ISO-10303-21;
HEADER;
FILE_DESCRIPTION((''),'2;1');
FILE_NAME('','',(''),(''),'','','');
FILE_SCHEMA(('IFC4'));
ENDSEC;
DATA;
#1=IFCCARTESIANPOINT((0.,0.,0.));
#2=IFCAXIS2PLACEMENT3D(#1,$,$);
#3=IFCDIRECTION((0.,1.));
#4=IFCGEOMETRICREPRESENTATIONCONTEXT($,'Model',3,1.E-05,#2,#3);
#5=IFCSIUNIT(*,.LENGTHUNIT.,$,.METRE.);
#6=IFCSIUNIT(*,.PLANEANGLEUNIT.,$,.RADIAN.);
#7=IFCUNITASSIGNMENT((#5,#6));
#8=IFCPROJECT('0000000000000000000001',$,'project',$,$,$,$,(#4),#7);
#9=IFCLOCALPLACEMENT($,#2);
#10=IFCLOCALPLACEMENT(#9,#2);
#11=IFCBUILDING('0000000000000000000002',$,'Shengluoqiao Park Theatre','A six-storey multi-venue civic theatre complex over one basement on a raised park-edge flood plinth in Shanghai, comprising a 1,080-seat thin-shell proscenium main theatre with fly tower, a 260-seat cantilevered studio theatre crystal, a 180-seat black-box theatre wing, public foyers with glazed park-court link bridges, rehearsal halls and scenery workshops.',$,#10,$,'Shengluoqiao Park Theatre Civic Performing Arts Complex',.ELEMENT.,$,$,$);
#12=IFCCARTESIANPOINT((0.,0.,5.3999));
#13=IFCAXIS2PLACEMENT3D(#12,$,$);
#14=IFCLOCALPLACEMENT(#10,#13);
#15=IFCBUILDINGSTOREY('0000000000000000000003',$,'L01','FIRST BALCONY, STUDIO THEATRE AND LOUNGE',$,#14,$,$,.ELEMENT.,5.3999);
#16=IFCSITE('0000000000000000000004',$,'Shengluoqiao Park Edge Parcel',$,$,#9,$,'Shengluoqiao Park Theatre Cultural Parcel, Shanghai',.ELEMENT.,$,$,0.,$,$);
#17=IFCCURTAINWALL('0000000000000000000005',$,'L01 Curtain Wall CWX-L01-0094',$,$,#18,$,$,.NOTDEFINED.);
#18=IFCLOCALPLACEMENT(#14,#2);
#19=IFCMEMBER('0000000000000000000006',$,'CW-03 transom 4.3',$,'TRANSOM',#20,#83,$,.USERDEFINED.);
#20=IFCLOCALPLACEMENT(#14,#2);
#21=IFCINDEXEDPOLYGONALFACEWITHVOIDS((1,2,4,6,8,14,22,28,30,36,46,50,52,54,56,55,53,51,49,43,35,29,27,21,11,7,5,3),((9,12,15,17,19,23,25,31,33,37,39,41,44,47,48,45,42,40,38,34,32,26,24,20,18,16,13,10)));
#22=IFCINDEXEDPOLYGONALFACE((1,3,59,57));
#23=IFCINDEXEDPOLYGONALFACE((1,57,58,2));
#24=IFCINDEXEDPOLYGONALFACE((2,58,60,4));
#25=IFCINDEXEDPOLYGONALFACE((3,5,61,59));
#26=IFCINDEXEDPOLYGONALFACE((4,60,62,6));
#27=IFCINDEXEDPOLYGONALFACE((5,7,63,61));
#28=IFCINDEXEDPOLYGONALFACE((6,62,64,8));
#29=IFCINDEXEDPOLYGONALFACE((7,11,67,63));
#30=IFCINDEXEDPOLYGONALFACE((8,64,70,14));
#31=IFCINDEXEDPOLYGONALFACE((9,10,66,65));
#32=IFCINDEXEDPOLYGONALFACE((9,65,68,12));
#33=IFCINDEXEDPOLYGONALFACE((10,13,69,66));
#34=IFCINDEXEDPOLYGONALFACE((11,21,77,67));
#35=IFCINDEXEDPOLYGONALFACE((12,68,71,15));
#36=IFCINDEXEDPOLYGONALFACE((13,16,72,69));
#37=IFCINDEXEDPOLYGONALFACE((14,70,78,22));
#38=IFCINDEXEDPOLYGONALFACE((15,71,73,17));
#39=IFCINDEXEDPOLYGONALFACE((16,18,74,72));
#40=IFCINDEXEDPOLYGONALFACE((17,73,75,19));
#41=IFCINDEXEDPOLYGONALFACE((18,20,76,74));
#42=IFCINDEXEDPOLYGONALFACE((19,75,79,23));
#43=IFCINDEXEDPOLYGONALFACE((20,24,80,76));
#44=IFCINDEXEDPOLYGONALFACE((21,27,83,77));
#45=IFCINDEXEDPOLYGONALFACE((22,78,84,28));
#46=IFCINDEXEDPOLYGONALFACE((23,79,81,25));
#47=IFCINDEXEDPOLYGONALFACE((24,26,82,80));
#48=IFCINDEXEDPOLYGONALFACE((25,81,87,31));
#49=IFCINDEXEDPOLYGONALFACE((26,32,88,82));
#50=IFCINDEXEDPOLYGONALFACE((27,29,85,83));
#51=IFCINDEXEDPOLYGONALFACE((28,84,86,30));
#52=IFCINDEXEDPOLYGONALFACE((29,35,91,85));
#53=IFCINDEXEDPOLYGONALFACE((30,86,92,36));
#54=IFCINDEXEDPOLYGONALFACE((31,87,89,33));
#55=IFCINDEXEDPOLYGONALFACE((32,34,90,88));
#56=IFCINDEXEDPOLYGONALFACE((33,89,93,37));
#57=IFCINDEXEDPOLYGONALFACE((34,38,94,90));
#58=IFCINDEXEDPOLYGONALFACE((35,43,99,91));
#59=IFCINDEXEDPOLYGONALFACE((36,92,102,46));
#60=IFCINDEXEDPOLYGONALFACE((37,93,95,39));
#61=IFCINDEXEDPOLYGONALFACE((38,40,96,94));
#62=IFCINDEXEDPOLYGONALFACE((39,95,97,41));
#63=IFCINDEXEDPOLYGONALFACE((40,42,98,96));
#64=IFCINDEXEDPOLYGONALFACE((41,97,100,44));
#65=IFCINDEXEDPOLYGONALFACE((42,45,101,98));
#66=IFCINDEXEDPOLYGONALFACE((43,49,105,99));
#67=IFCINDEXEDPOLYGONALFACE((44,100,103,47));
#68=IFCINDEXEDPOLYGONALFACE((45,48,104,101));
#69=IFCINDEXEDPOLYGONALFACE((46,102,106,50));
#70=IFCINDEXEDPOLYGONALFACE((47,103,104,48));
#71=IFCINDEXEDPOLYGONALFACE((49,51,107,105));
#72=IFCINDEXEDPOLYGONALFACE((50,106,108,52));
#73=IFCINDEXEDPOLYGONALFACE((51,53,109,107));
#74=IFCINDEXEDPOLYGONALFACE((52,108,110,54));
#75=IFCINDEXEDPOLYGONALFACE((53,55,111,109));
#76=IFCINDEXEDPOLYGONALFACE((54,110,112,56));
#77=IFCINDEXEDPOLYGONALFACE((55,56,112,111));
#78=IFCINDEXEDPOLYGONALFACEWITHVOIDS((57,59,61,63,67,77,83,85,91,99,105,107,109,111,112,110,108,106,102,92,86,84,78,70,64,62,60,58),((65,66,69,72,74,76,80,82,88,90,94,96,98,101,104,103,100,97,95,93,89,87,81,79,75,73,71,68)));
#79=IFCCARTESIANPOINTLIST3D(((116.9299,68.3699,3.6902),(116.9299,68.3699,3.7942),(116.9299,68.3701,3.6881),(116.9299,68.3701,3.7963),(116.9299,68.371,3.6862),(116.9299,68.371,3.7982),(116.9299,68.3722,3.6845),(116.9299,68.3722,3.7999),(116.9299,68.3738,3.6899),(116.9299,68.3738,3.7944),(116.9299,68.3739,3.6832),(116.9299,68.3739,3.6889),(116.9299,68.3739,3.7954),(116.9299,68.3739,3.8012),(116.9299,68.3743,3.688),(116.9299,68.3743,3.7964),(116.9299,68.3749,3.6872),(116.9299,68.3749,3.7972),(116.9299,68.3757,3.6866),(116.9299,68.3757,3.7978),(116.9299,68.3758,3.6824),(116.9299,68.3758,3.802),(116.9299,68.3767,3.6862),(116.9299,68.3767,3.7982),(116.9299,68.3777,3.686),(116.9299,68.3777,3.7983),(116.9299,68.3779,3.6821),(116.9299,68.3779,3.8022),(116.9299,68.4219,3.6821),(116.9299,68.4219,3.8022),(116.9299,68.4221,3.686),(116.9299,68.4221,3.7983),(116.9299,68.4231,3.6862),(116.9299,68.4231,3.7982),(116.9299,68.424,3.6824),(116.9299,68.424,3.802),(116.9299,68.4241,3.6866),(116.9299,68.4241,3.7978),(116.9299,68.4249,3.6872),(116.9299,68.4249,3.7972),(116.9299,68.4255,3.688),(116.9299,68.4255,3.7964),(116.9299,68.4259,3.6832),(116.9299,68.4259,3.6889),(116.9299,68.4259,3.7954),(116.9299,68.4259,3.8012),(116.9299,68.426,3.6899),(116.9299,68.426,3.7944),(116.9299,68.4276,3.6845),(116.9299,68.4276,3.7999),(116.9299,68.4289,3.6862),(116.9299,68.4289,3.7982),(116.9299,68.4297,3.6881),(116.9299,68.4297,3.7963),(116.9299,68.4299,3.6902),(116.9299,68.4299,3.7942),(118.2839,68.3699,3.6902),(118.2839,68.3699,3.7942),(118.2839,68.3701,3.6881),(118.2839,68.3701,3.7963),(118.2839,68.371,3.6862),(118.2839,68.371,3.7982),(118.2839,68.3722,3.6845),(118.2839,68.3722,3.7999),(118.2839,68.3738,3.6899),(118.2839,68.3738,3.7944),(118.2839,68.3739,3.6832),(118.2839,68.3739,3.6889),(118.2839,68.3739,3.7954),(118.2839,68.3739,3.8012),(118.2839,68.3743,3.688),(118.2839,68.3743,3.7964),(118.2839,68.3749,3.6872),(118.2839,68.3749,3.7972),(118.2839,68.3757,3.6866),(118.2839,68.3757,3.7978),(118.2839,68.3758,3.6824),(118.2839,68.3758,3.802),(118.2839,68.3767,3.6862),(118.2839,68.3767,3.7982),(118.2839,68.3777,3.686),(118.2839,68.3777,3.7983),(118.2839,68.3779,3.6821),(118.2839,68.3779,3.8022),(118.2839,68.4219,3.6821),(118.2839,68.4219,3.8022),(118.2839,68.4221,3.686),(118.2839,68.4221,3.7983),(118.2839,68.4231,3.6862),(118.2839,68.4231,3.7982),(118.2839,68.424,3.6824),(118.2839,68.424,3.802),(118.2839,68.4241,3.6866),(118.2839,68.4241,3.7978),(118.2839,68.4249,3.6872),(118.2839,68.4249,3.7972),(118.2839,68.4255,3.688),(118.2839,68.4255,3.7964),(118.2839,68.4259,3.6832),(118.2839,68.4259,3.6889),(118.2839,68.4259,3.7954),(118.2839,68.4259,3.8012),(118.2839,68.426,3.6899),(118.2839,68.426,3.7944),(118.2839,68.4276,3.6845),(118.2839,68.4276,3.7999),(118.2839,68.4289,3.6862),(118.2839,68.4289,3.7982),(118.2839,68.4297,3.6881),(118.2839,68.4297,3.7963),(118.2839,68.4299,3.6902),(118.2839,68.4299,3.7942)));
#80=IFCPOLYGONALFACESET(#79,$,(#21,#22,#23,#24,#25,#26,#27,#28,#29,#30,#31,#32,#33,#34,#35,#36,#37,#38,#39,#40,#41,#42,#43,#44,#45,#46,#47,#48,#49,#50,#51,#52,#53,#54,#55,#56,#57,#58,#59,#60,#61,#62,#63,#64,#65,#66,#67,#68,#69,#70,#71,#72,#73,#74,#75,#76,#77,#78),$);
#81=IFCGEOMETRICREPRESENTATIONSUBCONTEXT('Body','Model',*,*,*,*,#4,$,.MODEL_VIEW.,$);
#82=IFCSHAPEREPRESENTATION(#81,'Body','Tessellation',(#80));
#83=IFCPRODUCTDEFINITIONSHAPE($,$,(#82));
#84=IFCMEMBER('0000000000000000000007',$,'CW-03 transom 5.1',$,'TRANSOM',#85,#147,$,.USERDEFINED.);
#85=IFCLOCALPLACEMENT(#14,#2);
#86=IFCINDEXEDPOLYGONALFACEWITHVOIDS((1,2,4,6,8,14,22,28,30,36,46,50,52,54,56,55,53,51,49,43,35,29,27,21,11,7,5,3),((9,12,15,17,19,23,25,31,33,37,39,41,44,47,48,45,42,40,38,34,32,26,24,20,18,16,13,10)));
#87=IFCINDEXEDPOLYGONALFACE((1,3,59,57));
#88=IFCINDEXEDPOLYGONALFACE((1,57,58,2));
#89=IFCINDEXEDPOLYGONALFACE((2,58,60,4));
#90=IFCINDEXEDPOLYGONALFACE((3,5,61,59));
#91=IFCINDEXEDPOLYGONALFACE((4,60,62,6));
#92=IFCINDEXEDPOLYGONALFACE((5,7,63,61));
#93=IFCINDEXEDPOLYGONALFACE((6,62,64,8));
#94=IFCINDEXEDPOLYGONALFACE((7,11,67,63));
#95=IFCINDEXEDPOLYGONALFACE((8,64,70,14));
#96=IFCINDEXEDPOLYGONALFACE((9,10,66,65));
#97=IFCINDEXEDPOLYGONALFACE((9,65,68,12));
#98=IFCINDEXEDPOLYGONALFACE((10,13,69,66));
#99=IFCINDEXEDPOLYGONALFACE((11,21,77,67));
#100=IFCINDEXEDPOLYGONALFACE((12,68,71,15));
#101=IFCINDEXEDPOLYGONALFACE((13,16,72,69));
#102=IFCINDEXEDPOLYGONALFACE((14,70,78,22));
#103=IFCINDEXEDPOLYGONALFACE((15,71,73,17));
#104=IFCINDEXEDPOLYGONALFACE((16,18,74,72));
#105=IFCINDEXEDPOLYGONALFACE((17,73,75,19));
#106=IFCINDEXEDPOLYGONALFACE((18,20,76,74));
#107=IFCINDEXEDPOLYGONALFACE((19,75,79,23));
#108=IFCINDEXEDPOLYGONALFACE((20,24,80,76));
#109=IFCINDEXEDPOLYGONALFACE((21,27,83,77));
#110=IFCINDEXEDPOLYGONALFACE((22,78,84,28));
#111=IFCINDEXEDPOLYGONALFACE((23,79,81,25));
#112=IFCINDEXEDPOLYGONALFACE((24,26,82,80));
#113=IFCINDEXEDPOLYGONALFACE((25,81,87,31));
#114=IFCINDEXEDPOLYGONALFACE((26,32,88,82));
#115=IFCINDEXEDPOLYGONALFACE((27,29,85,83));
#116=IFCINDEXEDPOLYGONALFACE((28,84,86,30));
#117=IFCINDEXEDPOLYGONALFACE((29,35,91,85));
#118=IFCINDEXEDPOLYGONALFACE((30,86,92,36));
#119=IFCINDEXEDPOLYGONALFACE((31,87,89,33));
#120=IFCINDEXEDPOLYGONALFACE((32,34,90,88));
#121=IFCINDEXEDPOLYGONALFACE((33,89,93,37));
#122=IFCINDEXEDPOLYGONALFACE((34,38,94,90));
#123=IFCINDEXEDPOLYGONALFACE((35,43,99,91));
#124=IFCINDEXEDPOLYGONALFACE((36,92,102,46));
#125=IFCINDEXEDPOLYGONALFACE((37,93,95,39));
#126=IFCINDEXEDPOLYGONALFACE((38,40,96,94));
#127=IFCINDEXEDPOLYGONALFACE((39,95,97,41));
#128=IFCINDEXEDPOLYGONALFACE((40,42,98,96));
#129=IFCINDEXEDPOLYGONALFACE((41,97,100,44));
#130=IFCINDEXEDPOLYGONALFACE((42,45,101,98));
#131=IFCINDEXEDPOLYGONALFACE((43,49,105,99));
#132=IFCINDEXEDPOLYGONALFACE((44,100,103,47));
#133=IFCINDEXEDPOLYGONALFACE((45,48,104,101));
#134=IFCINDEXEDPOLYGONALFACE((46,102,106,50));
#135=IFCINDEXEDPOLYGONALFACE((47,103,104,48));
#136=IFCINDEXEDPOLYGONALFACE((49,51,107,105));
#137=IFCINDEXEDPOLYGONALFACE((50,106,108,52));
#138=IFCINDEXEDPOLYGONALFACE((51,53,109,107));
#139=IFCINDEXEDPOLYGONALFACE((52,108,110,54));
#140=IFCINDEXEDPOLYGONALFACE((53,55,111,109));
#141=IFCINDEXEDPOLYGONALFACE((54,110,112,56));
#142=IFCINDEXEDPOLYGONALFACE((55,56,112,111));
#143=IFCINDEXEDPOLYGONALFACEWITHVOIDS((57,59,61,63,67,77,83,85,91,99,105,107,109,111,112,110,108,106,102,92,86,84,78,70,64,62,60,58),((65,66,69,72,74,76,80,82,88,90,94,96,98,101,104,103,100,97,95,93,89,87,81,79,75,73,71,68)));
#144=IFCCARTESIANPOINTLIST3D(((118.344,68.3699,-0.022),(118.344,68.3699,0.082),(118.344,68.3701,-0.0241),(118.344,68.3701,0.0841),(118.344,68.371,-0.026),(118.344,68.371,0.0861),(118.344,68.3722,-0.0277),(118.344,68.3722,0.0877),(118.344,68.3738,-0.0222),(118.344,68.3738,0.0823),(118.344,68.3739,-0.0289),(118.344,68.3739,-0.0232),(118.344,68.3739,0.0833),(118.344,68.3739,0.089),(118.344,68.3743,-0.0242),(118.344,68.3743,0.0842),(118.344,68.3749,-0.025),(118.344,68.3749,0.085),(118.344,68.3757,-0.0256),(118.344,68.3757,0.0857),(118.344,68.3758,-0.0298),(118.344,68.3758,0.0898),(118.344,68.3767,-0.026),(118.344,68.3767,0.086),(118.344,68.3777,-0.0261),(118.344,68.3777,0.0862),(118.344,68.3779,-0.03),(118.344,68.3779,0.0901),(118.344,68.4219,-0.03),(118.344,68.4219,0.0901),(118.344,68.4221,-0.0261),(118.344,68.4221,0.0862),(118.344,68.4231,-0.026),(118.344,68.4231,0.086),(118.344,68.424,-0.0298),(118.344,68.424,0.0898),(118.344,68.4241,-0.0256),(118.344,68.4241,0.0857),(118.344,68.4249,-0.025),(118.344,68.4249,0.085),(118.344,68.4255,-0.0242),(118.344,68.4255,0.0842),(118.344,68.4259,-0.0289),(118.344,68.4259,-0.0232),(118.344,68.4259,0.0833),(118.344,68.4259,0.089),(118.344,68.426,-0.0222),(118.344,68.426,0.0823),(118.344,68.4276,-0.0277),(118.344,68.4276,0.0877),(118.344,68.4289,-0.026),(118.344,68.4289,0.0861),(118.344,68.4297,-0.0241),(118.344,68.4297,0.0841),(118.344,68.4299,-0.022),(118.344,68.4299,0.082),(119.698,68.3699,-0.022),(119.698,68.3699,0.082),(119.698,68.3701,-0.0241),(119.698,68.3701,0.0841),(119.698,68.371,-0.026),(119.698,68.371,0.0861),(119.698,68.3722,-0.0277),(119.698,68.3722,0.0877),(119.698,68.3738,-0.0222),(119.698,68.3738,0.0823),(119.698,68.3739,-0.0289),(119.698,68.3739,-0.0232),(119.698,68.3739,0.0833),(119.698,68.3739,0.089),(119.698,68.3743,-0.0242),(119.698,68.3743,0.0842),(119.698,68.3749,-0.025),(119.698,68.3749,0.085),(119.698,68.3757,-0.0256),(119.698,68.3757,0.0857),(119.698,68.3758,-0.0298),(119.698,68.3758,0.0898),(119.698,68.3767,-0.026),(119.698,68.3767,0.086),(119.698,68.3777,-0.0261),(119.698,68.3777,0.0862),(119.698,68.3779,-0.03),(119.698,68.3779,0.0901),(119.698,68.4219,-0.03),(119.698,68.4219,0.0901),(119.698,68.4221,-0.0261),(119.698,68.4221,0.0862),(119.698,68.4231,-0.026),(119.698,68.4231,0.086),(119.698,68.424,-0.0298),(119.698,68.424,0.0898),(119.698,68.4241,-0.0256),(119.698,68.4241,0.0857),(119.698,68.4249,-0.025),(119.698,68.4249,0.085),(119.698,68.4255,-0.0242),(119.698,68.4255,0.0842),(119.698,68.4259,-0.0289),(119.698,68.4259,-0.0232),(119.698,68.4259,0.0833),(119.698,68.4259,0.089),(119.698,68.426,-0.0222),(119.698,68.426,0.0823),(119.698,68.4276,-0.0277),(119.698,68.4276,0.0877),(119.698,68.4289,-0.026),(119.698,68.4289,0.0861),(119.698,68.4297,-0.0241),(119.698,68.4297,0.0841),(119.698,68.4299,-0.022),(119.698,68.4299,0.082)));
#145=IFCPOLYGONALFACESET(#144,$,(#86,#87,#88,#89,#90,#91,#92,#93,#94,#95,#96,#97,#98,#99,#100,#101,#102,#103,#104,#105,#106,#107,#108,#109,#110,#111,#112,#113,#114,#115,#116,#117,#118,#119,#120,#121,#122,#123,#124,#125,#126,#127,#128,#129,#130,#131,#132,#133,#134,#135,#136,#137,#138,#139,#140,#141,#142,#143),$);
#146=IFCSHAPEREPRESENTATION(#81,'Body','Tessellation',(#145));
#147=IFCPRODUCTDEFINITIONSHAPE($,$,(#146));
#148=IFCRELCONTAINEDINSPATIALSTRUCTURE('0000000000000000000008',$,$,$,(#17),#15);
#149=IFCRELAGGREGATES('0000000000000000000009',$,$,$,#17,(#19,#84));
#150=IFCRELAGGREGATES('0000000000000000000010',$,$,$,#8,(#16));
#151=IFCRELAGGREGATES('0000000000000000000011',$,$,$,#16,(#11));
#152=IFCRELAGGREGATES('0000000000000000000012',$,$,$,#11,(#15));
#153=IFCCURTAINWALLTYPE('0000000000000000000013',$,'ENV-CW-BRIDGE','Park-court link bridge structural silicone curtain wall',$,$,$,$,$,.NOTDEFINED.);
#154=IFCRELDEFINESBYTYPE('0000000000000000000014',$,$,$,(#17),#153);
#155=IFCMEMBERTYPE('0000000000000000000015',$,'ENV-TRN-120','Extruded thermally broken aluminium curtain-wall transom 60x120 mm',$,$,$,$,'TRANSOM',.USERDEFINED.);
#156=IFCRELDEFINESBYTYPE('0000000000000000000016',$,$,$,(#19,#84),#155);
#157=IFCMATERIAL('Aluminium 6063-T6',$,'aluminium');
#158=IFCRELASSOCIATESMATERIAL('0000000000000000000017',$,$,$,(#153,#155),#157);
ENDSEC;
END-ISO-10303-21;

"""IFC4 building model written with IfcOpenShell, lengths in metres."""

from ifc_helpers import new_model, si_unit, direction, frame, origin, origin_2d, place, context, subcontext, project, spatial, hollow_rectangle, extrude, material, material_profile, profile_set, type_object, element, aggregate, save


model = new_model("IFC4")

# Units and contexts
model_context = context("Model", 3, precision=1e-05, world=origin(), true_north=direction((0.0, 1.0)))
body_context = subcontext(model_context, "Body", "Model", "MODEL_VIEW")
ifc_project = project(units=[si_unit("LENGTHUNIT", "METRE"), si_unit("PLANEANGLEUNIT", "RADIAN")], contexts=[model_context])

# Site, building, storey
site_placement = place(None, origin())
site = spatial("IfcSite", under=ifc_project, at=site_placement, Name="Shengluoqiao Park Edge Parcel", LongName="Shengluoqiao Park Theatre Cultural Parcel, Shanghai", CompositionType="ELEMENT", RefElevation=0.0)
building_placement = place(site_placement, origin())
building = spatial("IfcBuilding", under=site, at=building_placement, Name="Shengluoqiao Park Theatre", Description="A six-storey multi-venue civic theatre complex over one basement on a raised park-edge flood plinth in Shanghai, comprising a 1,080-seat thin-shell proscenium main theatre with fly tower, a 260-seat cantilevered studio theatre crystal, a 180-seat black-box theatre wing, public foyers with glazed park-court link bridges, rehearsal halls and scenery workshops.", LongName="Shengluoqiao Park Theatre Civic Performing Arts Complex", CompositionType="ELEMENT")
storey_placement = place(building_placement, frame((0.0, 0.0, 5.3999)))
storey = spatial("IfcBuildingStorey", under=building, at=storey_placement, Name="L01", Description="FIRST BALCONY, STUDIO THEATRE AND LOUNGE", CompositionType="ELEMENT", Elevation=5.3999)

# Curtain wall, members
ifc_material_1 = material(Name="Aluminium 6063-T6", Category="aluminium")
curtain_wall_type = type_object("IfcCurtainWallType", Name="ENV-CW-BRIDGE", Description="Park-court link bridge structural silicone curtain wall", PredefinedType="NOTDEFINED", material=ifc_material_1)
curtain_wall_placement = place(storey_placement, origin())
curtain_wall = element("IfcCurtainWall", 1, at=curtain_wall_placement, inside=storey, type_object=curtain_wall_type, Name="L01 Curtain Wall CWX-L01-0094", PredefinedType="NOTDEFINED")
ifc_material_profile_1 = material_profile(ifc_material_1, hollow_rectangle(XDim=0.0601, YDim=0.1201, WallThickness=0.0039, InnerFilletRadius=0.0039, OuterFilletRadius=0.0081, at=origin_2d()), Name="ALU TRANSOM 120x60x4")
ifc_profile_set_1 = profile_set([ifc_material_profile_1], Name="Aluminium 6063-T6")
member_type_1 = type_object("IfcMemberType", Name="ENV-TRN-120", Description="Extruded thermally broken aluminium curtain-wall transom 60x120 mm", ElementType="TRANSOM", PredefinedType="USERDEFINED", material=ifc_profile_set_1)
member_1_placement = place(storey_placement, frame((116.9299, 68.3999, 3.7422), z_axis=(1.0, 0.0, 0.0), x_axis=(0.0, 1.0, 0.0)))
member_1 = element("IfcMember", 2, at=member_1_placement, type_object=member_type_1, Name="CW-03 transom 4.3", ObjectType="TRANSOM", PredefinedType="USERDEFINED", context=body_context, shape_type="SweptSolid", body=[
    extrude(hollow_rectangle(XDim=0.0601, YDim=0.1201, WallThickness=0.0039, InnerFilletRadius=0.0039, OuterFilletRadius=0.0081, at=origin_2d()), origin(), (0.0, 0.0, 1.0), 1.354),
])
member_2_placement = place(storey_placement, frame((118.344, 68.3999, 0.03), z_axis=(1.0, 0.0, 0.0), x_axis=(0.0, 1.0, 0.0)))
member_2 = element("IfcMember", 3, at=member_2_placement, type_object=member_type_1, Name="CW-03 transom 5.1", ObjectType="TRANSOM", PredefinedType="USERDEFINED", context=body_context, shape_type="SweptSolid", body=[
    extrude(hollow_rectangle(XDim=0.0601, YDim=0.1201, WallThickness=0.0039, InnerFilletRadius=0.0039, OuterFilletRadius=0.0081, at=origin_2d()), origin(), (0.0, 0.0, 1.0), 1.354),
])

aggregate(curtain_wall, [member_1, member_2])

save(model, "model.ifc")
